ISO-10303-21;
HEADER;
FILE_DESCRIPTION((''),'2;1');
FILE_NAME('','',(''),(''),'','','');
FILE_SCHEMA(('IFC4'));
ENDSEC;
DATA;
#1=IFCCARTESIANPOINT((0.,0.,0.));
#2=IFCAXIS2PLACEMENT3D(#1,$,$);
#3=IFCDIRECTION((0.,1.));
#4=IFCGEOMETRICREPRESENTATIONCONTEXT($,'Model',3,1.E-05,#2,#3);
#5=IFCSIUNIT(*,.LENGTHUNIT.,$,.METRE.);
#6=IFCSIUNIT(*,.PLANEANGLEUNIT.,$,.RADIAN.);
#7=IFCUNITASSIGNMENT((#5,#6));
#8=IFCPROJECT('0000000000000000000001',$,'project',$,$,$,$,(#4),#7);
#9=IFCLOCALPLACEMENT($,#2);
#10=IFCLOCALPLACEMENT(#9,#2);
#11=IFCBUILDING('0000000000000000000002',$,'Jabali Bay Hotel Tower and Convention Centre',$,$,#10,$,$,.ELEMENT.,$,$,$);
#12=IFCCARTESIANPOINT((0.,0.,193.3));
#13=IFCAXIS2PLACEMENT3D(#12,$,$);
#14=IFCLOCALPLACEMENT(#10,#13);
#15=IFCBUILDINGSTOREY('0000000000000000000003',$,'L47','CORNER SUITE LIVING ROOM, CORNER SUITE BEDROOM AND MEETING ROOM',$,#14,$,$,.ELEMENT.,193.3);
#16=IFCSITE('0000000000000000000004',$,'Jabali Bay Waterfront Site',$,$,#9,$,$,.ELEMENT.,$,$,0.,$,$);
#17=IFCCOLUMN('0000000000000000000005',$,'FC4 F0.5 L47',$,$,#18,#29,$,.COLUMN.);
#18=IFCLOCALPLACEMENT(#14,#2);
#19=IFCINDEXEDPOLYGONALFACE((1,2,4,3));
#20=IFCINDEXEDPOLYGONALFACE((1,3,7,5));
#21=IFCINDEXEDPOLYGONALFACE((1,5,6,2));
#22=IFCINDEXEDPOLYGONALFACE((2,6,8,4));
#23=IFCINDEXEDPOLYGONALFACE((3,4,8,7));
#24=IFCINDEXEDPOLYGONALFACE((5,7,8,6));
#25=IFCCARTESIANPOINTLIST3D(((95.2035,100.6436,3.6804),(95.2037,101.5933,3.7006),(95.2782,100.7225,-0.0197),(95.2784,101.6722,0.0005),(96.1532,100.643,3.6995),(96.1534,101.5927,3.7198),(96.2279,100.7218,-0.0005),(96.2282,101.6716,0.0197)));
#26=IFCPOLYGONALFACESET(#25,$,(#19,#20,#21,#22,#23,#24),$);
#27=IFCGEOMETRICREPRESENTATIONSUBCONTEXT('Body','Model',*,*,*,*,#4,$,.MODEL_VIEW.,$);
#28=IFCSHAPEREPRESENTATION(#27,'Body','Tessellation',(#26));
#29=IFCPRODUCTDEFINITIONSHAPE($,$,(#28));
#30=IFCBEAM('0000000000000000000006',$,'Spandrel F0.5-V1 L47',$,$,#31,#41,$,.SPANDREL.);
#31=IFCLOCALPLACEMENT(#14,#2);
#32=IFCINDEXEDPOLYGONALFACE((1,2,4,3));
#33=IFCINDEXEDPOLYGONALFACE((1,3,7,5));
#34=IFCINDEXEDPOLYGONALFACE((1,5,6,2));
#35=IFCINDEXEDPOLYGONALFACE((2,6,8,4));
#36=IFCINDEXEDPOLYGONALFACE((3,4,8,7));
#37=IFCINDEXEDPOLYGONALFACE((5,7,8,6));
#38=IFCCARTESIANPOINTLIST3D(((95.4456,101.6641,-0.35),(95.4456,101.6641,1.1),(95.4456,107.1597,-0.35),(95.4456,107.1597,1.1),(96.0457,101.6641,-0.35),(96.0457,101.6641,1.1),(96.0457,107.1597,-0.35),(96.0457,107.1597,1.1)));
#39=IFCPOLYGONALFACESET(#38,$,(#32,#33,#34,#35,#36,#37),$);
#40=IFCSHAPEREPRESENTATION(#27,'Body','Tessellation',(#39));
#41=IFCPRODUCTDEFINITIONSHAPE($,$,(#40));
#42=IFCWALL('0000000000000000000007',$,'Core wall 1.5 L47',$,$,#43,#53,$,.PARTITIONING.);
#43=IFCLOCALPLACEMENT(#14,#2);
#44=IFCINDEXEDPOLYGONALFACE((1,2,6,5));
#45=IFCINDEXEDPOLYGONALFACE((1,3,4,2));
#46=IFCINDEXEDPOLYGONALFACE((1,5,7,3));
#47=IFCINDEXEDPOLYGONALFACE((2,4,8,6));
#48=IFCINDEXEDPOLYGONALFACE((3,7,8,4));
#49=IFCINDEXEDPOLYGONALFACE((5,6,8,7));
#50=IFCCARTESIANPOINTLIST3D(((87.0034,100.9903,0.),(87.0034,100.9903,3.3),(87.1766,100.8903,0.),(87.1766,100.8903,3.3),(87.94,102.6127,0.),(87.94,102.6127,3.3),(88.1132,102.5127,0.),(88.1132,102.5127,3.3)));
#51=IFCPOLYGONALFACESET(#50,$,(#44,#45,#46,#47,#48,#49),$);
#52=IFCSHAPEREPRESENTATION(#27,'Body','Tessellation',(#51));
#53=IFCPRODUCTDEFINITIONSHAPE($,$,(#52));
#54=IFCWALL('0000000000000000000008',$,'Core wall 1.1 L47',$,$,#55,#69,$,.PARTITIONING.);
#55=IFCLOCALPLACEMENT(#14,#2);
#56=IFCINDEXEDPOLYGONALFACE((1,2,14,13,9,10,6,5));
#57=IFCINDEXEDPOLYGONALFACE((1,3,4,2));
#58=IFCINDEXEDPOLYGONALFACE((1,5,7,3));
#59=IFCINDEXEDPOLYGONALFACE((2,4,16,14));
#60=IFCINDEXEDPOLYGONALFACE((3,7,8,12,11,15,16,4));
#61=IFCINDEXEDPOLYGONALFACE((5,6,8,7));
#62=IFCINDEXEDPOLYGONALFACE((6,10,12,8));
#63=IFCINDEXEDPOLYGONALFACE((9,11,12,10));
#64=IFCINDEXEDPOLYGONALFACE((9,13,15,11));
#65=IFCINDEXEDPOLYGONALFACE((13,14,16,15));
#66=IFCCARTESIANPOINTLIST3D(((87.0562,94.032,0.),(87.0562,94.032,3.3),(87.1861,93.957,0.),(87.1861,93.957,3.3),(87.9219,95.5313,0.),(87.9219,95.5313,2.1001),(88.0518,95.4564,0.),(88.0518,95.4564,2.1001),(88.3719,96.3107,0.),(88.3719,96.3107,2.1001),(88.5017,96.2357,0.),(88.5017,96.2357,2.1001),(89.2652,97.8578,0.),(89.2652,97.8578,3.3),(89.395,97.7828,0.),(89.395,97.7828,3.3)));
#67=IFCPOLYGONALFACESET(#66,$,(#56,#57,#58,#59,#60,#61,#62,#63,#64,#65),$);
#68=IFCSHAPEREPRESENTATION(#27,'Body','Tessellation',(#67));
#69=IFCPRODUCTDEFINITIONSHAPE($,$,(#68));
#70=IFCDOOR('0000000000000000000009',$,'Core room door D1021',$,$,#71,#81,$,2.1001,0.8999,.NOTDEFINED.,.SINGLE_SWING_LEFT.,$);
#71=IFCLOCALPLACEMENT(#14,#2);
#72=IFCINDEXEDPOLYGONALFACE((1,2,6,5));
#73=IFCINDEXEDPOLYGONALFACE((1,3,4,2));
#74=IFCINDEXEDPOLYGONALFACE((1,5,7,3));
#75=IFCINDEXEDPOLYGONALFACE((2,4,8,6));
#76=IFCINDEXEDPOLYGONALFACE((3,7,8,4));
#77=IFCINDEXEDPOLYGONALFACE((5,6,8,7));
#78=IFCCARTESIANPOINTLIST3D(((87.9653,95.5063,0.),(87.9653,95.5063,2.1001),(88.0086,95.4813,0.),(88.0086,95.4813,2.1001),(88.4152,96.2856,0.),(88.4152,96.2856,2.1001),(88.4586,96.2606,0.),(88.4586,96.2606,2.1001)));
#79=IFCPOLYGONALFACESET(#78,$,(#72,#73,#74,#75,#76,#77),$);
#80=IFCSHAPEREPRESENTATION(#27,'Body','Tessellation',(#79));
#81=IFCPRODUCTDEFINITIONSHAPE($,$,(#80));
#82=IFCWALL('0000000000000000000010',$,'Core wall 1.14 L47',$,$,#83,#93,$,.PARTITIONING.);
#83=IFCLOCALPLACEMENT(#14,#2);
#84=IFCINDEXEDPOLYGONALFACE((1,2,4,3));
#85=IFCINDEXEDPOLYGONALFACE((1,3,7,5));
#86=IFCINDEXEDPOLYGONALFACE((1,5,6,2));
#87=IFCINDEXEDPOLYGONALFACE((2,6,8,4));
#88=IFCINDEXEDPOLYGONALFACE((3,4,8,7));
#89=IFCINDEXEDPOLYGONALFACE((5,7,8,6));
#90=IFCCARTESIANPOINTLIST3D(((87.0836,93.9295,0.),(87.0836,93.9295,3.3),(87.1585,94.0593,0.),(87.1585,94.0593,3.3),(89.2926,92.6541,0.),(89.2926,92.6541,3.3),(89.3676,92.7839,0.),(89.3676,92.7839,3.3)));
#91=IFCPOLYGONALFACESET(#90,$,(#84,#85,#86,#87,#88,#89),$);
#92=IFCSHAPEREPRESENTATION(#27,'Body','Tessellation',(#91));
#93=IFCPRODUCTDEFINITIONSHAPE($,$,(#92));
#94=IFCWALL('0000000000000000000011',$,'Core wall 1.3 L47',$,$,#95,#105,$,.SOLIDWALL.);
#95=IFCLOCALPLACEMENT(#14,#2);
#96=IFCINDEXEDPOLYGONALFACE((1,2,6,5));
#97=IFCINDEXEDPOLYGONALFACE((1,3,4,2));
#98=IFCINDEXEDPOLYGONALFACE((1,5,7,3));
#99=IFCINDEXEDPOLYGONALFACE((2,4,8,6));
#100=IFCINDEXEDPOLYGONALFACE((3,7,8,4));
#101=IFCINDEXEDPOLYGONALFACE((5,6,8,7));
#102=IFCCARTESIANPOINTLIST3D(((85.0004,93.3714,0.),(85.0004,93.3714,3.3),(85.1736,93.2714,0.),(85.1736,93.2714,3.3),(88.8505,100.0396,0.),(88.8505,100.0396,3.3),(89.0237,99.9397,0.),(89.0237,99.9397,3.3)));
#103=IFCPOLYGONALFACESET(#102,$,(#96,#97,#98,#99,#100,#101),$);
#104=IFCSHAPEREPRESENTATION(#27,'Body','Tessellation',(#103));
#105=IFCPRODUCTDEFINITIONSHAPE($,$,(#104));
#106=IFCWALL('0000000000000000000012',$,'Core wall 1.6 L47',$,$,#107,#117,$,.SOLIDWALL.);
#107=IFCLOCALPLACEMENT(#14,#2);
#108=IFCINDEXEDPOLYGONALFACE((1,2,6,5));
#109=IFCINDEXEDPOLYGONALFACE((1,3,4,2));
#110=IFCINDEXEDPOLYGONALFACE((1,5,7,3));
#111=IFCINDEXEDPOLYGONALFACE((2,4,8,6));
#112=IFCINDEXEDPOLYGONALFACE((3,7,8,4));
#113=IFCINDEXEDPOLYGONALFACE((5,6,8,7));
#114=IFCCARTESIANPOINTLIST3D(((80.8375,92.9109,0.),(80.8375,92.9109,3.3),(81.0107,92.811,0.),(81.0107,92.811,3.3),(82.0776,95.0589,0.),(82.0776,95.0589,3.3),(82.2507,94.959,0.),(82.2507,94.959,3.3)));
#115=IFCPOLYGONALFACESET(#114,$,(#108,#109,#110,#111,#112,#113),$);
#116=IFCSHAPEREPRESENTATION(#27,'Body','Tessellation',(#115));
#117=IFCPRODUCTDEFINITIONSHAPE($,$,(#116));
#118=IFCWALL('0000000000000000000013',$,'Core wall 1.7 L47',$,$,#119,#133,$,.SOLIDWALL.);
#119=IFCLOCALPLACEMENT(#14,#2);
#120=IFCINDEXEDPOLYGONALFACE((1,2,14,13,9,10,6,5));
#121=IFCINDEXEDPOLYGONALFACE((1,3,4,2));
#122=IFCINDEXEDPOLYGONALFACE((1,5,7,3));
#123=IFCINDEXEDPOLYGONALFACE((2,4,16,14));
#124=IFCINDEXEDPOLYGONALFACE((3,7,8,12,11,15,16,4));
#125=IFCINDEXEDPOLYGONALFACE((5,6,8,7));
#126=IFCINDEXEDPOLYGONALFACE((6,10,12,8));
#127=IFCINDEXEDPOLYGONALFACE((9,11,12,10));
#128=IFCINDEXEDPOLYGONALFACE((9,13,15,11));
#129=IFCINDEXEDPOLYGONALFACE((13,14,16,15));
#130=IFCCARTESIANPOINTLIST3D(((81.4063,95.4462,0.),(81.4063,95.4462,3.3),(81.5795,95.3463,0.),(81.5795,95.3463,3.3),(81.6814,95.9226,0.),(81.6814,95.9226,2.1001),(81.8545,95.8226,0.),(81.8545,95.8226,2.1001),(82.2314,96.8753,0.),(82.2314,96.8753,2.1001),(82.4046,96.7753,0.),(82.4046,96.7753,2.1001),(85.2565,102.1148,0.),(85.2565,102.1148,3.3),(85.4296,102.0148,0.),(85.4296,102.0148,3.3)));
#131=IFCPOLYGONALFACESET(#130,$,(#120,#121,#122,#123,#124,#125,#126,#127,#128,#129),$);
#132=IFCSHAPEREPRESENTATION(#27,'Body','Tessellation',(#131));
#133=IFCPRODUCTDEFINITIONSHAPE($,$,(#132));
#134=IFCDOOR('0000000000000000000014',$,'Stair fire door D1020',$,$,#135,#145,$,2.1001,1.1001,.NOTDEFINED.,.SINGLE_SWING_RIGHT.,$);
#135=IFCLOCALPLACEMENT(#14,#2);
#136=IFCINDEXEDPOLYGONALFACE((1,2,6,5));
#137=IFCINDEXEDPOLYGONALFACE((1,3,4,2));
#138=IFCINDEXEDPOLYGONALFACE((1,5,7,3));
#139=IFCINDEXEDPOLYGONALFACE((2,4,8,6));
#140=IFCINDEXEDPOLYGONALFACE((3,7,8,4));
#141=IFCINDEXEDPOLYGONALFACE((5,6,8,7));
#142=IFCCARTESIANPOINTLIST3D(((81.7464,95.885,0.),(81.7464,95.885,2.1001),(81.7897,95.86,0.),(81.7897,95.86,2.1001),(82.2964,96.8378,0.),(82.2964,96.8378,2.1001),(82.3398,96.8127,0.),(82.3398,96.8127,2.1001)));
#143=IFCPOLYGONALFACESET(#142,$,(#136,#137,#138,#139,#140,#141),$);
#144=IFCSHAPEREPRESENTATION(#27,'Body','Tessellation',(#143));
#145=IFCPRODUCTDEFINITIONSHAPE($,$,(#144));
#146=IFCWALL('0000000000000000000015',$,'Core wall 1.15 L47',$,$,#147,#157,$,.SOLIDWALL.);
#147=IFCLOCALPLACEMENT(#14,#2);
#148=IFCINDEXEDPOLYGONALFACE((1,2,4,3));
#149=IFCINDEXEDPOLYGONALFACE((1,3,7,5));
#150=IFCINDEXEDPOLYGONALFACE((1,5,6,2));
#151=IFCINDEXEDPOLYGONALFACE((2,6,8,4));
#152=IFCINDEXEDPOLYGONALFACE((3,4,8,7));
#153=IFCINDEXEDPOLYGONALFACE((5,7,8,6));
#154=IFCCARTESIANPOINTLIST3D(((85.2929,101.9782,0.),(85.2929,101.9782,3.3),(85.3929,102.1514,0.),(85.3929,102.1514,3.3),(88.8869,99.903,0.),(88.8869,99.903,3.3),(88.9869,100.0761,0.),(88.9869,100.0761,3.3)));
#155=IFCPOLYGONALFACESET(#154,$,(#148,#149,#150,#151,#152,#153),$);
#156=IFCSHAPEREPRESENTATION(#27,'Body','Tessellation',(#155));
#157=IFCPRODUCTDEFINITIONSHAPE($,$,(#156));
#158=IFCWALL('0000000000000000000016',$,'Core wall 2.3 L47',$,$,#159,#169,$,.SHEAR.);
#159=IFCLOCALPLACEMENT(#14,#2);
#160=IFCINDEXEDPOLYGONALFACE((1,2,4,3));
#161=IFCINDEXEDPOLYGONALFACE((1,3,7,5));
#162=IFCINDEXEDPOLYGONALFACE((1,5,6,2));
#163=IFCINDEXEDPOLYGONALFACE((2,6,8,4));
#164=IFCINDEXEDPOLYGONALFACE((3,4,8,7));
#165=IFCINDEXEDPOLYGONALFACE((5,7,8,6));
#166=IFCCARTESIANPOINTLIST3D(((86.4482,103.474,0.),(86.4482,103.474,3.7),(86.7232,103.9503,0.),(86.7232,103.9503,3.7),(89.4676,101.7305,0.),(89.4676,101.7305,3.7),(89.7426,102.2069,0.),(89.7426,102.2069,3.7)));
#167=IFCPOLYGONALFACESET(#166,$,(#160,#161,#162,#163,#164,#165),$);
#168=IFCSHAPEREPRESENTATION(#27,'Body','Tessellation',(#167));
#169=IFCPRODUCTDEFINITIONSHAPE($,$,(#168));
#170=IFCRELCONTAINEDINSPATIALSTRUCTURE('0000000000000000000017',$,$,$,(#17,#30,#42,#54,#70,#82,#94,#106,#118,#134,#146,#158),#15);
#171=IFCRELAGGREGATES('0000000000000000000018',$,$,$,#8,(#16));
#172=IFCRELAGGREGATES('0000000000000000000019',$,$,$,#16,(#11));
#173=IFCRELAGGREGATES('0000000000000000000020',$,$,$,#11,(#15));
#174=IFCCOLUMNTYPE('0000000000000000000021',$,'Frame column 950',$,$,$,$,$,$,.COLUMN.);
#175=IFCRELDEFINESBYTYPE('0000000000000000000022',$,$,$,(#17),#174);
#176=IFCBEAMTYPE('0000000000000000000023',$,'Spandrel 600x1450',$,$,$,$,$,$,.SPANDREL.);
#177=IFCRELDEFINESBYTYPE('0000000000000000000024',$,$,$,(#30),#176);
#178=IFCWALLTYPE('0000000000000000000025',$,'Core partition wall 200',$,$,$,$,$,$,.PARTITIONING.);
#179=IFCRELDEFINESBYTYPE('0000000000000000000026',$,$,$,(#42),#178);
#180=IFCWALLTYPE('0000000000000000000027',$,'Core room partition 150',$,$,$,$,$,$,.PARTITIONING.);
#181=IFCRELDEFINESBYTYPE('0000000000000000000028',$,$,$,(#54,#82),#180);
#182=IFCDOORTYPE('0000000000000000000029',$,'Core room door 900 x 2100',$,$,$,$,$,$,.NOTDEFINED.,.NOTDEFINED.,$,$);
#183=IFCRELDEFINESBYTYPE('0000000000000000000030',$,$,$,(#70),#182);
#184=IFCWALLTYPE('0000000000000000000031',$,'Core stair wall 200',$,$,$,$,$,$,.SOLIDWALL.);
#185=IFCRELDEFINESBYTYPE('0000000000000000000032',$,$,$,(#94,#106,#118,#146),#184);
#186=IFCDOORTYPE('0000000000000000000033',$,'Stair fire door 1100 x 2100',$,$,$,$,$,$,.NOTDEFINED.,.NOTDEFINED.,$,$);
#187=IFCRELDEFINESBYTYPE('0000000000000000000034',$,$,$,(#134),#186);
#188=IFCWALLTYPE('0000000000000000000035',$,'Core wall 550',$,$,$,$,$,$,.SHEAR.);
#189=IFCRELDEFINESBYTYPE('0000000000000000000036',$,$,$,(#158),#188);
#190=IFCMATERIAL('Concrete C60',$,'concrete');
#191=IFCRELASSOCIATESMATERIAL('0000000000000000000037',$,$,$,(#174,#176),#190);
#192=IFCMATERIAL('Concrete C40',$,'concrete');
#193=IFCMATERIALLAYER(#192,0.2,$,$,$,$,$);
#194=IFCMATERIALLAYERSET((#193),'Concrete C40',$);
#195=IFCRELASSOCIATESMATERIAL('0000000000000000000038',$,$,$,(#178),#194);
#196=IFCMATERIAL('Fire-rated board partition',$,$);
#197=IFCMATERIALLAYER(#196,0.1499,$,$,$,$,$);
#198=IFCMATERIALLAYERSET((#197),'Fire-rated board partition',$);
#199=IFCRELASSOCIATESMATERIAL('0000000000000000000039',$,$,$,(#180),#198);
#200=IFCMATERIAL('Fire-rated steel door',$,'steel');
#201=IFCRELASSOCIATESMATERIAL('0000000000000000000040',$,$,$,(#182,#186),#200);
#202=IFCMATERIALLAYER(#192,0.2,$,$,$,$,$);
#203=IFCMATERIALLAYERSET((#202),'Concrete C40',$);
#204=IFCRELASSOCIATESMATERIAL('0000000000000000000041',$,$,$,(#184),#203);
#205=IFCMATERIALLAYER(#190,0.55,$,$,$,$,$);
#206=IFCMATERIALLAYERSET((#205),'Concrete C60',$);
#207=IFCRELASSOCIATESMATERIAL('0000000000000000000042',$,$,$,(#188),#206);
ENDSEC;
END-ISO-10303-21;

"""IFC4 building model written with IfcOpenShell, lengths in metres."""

from ifc_helpers import new_model, si_unit, direction, frame, frame_2d, origin, origin_2d, place, context, subcontext, project, spatial, rectangle, extrude, material, layer, layer_set, material_profile, profile_set, type_object, element, fill, save


model = new_model("IFC4")

# Units and contexts
model_context = context("Model", 3, precision=1e-05, world=origin(), true_north=direction((0.0, 1.0)))
body_context = subcontext(model_context, "Body", "Model", "MODEL_VIEW")
ifc_project = project(units=[si_unit("LENGTHUNIT", "METRE"), si_unit("PLANEANGLEUNIT", "RADIAN")], contexts=[model_context])

# Site, building, storey
site_placement = place(None, origin())
site = spatial("IfcSite", under=ifc_project, at=site_placement, Name="Jabali Bay Waterfront Site", CompositionType="ELEMENT", RefElevation=0.0)
building_placement = place(site_placement, origin())
building = spatial("IfcBuilding", under=site, at=building_placement, Name="Jabali Bay Hotel Tower and Convention Centre", CompositionType="ELEMENT")
storey_placement = place(building_placement, frame((0.0, 0.0, 193.3)))
storey = spatial("IfcBuildingStorey", under=building, at=storey_placement, Name="L47", Description="CORNER SUITE LIVING ROOM, CORNER SUITE BEDROOM AND MEETING ROOM", CompositionType="ELEMENT", Elevation=193.3)

# Column
ifc_material_1 = material(Name="Concrete C60", Category="concrete")
ifc_material_profile_1 = material_profile(ifc_material_1, rectangle(XDim=0.95, YDim=0.95, at=origin_2d()), Name="Frame column 950")
ifc_profile_set_1 = profile_set([ifc_material_profile_1], Name="Concrete C60")
column_type = type_object("IfcColumnType", Name="Frame column 950", PredefinedType="COLUMN", material=ifc_profile_set_1)
column_placement = place(storey_placement, frame((95.7532, 101.197, 0.0), z_axis=(-0.020183, -0.021304, 0.999569), x_axis=(0.999796, -0.000652, 0.020173)))
element("IfcColumn", 1, at=column_placement, inside=storey, type_object=column_type, Name="FC4 F0.5 L47", PredefinedType="COLUMN", context=body_context, shape_type="SweptSolid", body=[
    extrude(rectangle(XDim=0.95, YDim=0.95, at=origin_2d()), origin(), (0.0, 0.0, 1.0), 3.7017),
])

# Beam
ifc_material_profile_2 = material_profile(ifc_material_1, rectangle(XDim=0.6001, YDim=1.45, at=origin_2d()), Name="Spandrel 600x1450")
ifc_profile_set_2 = profile_set([ifc_material_profile_2], Name="Concrete C60")
beam_type = type_object("IfcBeamType", Name="Spandrel 600x1450", PredefinedType="SPANDREL", material=ifc_profile_set_2)
beam_placement = place(storey_placement, frame((95.7456, 101.6641, 0.375), z_axis=(0.0, 1.0, 0.0), x_axis=(-1.0, 0.0, 0.0)))
element("IfcBeam", 2, at=beam_placement, inside=storey, type_object=beam_type, Name="Spandrel F0.5-V1 L47", PredefinedType="SPANDREL", context=body_context, shape_type="SweptSolid", body=[
    extrude(rectangle(XDim=0.6001, YDim=1.45, at=origin_2d()), origin(), (0.0, 0.0, 1.0), 5.4956),
])

# Wall
ifc_material_2 = material(Name="Concrete C40", Category="concrete")
ifc_layer_1 = layer(ifc_material_2, 0.2)
ifc_layer_set_1 = layer_set([ifc_layer_1], Name="Concrete C40")
wall_type_1 = type_object("IfcWallType", Name="Core partition wall 200", PredefinedType="PARTITIONING", material=ifc_layer_set_1)
wall_1_placement = place(storey_placement, frame((87.0901, 100.9404, 0.0), z_axis=(0.0, 0.0, 1.0), x_axis=(0.499952, 0.866053, 0.0)))
element("IfcWall", 3, at=wall_1_placement, inside=storey, type_object=wall_type_1, Name="Core wall 1.5 L47", PredefinedType="PARTITIONING", context=body_context, shape_type="SweptSolid", body=[
    extrude(rectangle(XDim=1.8733, YDim=0.2, at=frame_2d((0.9365, 0.0))), origin(), (0.0, 0.0, 1.0), 3.3),
])

# Wall, opening, door
ifc_material_3 = material(Name="Fire-rated board partition")
ifc_layer_2 = layer(ifc_material_3, 0.1499)
ifc_layer_set_2 = layer_set([ifc_layer_2], Name="Fire-rated board partition")
wall_type_2 = type_object("IfcWallType", Name="Core room partition 150", PredefinedType="PARTITIONING", material=ifc_layer_set_2)
wall_2_placement = place(storey_placement, frame((87.1211, 93.9944, 0.0), z_axis=(0.0, 0.0, 1.0), x_axis=(0.500014, 0.866017, 0.0)))
wall_2 = element("IfcWall", 4, at=wall_2_placement, inside=storey, type_object=wall_type_2, Name="Core wall 1.1 L47", PredefinedType="PARTITIONING", context=body_context, shape_type="SweptSolid", body=[
    extrude(rectangle(XDim=4.4177, YDim=0.1499, at=frame_2d((2.209, 0.0))), origin(), (0.0, 0.0, 1.0), 3.3),
])
opening_1_placement = place(wall_2_placement, frame((1.7314, 0.0, 0.0)))
opening_1 = element("IfcOpeningElement", 5, at=opening_1_placement, cuts=wall_2, PredefinedType="OPENING", context=body_context, shape_type="SweptSolid", body=[
    extrude(rectangle(XDim=0.8999, YDim=2.1001, at=frame_2d((0.45, 1.05))), frame((0.0, 0.0854, 0.0), z_axis=(0.0, -1.0, 0.0), x_axis=(1.0, 0.0, 0.0)), (0.0, 0.0, 1.0), 0.1709),
])
ifc_material_4 = material(Name="Fire-rated steel door", Category="steel")
door_type_1 = type_object("IfcDoorType", Name="Core room door 900 x 2100", OperationType="NOTDEFINED", PredefinedType="NOTDEFINED", material=ifc_material_4)
door_1_placement = place(opening_1_placement, origin())
door_1 = element("IfcDoor", 6, at=door_1_placement, inside=storey, type_object=door_type_1, Name="Core room door D1021", OperationType="SINGLE_SWING_LEFT", OverallHeight=2.1001, OverallWidth=0.8999, PredefinedType="NOTDEFINED", context=body_context, shape_type="SweptSolid", body=[
    extrude(rectangle(XDim=0.8999, YDim=2.1001, at=frame_2d((0.45, 1.05))), frame((0.0, 0.0249, 0.0), z_axis=(0.0, -1.0, 0.0), x_axis=(1.0, 0.0, 0.0)), (0.0, 0.0, 1.0), 0.05),
])
fill(opening_1, door_1)

# Walls
wall_3_placement = place(storey_placement, frame((89.3301, 92.719, 0.0), z_axis=(0.0, 0.0, 1.0), x_axis=(-0.86602, 0.50001, 0.0)))
element("IfcWall", 7, at=wall_3_placement, inside=storey, type_object=wall_type_2, Name="Core wall 1.14 L47", PredefinedType="PARTITIONING", context=body_context, shape_type="SweptSolid", body=[
    extrude(rectangle(XDim=2.5508, YDim=0.1499, at=frame_2d((1.2754, 0.0))), origin(), (0.0, 0.0, 1.0), 3.3),
])
ifc_layer_3 = layer(ifc_material_2, 0.2)
ifc_layer_set_3 = layer_set([ifc_layer_3], Name="Concrete C40")
wall_type_3 = type_object("IfcWallType", Name="Core stair wall 200", PredefinedType="SOLIDWALL", material=ifc_layer_set_3)
wall_4_placement = place(storey_placement, frame((85.0869, 93.3213, 0.0), z_axis=(0.0, 0.0, 1.0), x_axis=(0.50002, 0.866014, 0.0)))
element("IfcWall", 8, at=wall_4_placement, inside=storey, type_object=wall_type_3, Name="Core wall 1.3 L47", PredefinedType="SOLIDWALL", context=body_context, shape_type="SweptSolid", body=[
    extrude(rectangle(XDim=7.7, YDim=0.2, at=frame_2d((3.8501, 0.0))), origin(), (0.0, 0.0, 1.0), 3.3),
])
wall_5_placement = place(storey_placement, frame((80.9241, 92.8608, 0.0), z_axis=(0.0, 0.0, 1.0), x_axis=(0.499961, 0.866048, 0.0)))
element("IfcWall", 9, at=wall_5_placement, inside=storey, type_object=wall_type_3, Name="Core wall 1.6 L47", PredefinedType="SOLIDWALL", context=body_context, shape_type="SweptSolid", body=[
    extrude(rectangle(XDim=2.4802, YDim=0.2, at=frame_2d((1.2402, 0.0))), origin(), (0.0, 0.0, 1.0), 3.3),
])

# Wall, opening, door
wall_6_placement = place(storey_placement, frame((81.4929, 95.3962, 0.0), z_axis=(0.0, 0.0, 1.0), x_axis=(0.500006, 0.866022, 0.0)))
wall_6 = element("IfcWall", 10, at=wall_6_placement, inside=storey, type_object=wall_type_3, Name="Core wall 1.7 L47", PredefinedType="SOLIDWALL", context=body_context, shape_type="SweptSolid", body=[
    extrude(rectangle(XDim=7.7002, YDim=0.2, at=frame_2d((3.8501, 0.0))), origin(), (0.0, 0.0, 1.0), 3.3),
])
opening_2_placement = place(wall_6_placement, frame((0.55, 0.0, 0.0)))
opening_2 = element("IfcOpeningElement", 11, at=opening_2_placement, cuts=wall_6, PredefinedType="OPENING", context=body_context, shape_type="SweptSolid", body=[
    extrude(rectangle(XDim=1.1001, YDim=2.1001, at=frame_2d((0.55, 1.05))), frame((0.0, 0.1104, 0.0), z_axis=(0.0, -1.0, 0.0), x_axis=(1.0, 0.0, 0.0)), (0.0, 0.0, 1.0), 0.2209),
])
door_type_2 = type_object("IfcDoorType", Name="Stair fire door 1100 x 2100", OperationType="NOTDEFINED", PredefinedType="NOTDEFINED", material=ifc_material_4)
door_2_placement = place(opening_2_placement, origin())
door_2 = element("IfcDoor", 12, at=door_2_placement, inside=storey, type_object=door_type_2, Name="Stair fire door D1020", OperationType="SINGLE_SWING_RIGHT", OverallHeight=2.1001, OverallWidth=1.1001, PredefinedType="NOTDEFINED", context=body_context, shape_type="SweptSolid", body=[
    extrude(rectangle(XDim=1.1001, YDim=2.1001, at=frame_2d((0.55, 1.05))), frame((0.0, 0.0249, 0.0), z_axis=(0.0, -1.0, 0.0), x_axis=(1.0, 0.0, 0.0)), (0.0, 0.0, 1.0), 0.05),
])
fill(opening_2, door_2)

# Walls
wall_7_placement = place(storey_placement, frame((88.937, 99.9895, 0.0), z_axis=(0.0, 0.0, 1.0), x_axis=(-0.866004, 0.500036, 0.0)))
element("IfcWall", 13, at=wall_7_placement, inside=storey, type_object=wall_type_3, Name="Core wall 1.15 L47", PredefinedType="SOLIDWALL", context=body_context, shape_type="SweptSolid", body=[
    extrude(rectangle(XDim=4.1501, YDim=0.2, at=frame_2d((2.0752, 0.0))), origin(), (0.0, 0.0, 1.0), 3.3),
])
ifc_layer_4 = layer(ifc_material_1, 0.55)
ifc_layer_set_4 = layer_set([ifc_layer_4], Name="Concrete C60")
wall_type_4 = type_object("IfcWallType", Name="Core wall 550", PredefinedType="SHEAR", material=ifc_layer_set_4)
wall_8_placement = place(storey_placement, frame((89.605, 101.9688, 0.0), z_axis=(0.0, 0.0, 1.0), x_axis=(-0.865998, 0.500048, 0.0)))
element("IfcWall", 14, at=wall_8_placement, inside=storey, type_object=wall_type_4, Name="Core wall 2.3 L47", PredefinedType="SHEAR", context=body_context, shape_type="SweptSolid", body=[
    extrude(rectangle(XDim=3.4866, YDim=0.55, at=frame_2d((1.7432, 0.0))), origin(), (0.0, 0.0, 1.0), 3.7),
])

save(model, "model.ifc")
